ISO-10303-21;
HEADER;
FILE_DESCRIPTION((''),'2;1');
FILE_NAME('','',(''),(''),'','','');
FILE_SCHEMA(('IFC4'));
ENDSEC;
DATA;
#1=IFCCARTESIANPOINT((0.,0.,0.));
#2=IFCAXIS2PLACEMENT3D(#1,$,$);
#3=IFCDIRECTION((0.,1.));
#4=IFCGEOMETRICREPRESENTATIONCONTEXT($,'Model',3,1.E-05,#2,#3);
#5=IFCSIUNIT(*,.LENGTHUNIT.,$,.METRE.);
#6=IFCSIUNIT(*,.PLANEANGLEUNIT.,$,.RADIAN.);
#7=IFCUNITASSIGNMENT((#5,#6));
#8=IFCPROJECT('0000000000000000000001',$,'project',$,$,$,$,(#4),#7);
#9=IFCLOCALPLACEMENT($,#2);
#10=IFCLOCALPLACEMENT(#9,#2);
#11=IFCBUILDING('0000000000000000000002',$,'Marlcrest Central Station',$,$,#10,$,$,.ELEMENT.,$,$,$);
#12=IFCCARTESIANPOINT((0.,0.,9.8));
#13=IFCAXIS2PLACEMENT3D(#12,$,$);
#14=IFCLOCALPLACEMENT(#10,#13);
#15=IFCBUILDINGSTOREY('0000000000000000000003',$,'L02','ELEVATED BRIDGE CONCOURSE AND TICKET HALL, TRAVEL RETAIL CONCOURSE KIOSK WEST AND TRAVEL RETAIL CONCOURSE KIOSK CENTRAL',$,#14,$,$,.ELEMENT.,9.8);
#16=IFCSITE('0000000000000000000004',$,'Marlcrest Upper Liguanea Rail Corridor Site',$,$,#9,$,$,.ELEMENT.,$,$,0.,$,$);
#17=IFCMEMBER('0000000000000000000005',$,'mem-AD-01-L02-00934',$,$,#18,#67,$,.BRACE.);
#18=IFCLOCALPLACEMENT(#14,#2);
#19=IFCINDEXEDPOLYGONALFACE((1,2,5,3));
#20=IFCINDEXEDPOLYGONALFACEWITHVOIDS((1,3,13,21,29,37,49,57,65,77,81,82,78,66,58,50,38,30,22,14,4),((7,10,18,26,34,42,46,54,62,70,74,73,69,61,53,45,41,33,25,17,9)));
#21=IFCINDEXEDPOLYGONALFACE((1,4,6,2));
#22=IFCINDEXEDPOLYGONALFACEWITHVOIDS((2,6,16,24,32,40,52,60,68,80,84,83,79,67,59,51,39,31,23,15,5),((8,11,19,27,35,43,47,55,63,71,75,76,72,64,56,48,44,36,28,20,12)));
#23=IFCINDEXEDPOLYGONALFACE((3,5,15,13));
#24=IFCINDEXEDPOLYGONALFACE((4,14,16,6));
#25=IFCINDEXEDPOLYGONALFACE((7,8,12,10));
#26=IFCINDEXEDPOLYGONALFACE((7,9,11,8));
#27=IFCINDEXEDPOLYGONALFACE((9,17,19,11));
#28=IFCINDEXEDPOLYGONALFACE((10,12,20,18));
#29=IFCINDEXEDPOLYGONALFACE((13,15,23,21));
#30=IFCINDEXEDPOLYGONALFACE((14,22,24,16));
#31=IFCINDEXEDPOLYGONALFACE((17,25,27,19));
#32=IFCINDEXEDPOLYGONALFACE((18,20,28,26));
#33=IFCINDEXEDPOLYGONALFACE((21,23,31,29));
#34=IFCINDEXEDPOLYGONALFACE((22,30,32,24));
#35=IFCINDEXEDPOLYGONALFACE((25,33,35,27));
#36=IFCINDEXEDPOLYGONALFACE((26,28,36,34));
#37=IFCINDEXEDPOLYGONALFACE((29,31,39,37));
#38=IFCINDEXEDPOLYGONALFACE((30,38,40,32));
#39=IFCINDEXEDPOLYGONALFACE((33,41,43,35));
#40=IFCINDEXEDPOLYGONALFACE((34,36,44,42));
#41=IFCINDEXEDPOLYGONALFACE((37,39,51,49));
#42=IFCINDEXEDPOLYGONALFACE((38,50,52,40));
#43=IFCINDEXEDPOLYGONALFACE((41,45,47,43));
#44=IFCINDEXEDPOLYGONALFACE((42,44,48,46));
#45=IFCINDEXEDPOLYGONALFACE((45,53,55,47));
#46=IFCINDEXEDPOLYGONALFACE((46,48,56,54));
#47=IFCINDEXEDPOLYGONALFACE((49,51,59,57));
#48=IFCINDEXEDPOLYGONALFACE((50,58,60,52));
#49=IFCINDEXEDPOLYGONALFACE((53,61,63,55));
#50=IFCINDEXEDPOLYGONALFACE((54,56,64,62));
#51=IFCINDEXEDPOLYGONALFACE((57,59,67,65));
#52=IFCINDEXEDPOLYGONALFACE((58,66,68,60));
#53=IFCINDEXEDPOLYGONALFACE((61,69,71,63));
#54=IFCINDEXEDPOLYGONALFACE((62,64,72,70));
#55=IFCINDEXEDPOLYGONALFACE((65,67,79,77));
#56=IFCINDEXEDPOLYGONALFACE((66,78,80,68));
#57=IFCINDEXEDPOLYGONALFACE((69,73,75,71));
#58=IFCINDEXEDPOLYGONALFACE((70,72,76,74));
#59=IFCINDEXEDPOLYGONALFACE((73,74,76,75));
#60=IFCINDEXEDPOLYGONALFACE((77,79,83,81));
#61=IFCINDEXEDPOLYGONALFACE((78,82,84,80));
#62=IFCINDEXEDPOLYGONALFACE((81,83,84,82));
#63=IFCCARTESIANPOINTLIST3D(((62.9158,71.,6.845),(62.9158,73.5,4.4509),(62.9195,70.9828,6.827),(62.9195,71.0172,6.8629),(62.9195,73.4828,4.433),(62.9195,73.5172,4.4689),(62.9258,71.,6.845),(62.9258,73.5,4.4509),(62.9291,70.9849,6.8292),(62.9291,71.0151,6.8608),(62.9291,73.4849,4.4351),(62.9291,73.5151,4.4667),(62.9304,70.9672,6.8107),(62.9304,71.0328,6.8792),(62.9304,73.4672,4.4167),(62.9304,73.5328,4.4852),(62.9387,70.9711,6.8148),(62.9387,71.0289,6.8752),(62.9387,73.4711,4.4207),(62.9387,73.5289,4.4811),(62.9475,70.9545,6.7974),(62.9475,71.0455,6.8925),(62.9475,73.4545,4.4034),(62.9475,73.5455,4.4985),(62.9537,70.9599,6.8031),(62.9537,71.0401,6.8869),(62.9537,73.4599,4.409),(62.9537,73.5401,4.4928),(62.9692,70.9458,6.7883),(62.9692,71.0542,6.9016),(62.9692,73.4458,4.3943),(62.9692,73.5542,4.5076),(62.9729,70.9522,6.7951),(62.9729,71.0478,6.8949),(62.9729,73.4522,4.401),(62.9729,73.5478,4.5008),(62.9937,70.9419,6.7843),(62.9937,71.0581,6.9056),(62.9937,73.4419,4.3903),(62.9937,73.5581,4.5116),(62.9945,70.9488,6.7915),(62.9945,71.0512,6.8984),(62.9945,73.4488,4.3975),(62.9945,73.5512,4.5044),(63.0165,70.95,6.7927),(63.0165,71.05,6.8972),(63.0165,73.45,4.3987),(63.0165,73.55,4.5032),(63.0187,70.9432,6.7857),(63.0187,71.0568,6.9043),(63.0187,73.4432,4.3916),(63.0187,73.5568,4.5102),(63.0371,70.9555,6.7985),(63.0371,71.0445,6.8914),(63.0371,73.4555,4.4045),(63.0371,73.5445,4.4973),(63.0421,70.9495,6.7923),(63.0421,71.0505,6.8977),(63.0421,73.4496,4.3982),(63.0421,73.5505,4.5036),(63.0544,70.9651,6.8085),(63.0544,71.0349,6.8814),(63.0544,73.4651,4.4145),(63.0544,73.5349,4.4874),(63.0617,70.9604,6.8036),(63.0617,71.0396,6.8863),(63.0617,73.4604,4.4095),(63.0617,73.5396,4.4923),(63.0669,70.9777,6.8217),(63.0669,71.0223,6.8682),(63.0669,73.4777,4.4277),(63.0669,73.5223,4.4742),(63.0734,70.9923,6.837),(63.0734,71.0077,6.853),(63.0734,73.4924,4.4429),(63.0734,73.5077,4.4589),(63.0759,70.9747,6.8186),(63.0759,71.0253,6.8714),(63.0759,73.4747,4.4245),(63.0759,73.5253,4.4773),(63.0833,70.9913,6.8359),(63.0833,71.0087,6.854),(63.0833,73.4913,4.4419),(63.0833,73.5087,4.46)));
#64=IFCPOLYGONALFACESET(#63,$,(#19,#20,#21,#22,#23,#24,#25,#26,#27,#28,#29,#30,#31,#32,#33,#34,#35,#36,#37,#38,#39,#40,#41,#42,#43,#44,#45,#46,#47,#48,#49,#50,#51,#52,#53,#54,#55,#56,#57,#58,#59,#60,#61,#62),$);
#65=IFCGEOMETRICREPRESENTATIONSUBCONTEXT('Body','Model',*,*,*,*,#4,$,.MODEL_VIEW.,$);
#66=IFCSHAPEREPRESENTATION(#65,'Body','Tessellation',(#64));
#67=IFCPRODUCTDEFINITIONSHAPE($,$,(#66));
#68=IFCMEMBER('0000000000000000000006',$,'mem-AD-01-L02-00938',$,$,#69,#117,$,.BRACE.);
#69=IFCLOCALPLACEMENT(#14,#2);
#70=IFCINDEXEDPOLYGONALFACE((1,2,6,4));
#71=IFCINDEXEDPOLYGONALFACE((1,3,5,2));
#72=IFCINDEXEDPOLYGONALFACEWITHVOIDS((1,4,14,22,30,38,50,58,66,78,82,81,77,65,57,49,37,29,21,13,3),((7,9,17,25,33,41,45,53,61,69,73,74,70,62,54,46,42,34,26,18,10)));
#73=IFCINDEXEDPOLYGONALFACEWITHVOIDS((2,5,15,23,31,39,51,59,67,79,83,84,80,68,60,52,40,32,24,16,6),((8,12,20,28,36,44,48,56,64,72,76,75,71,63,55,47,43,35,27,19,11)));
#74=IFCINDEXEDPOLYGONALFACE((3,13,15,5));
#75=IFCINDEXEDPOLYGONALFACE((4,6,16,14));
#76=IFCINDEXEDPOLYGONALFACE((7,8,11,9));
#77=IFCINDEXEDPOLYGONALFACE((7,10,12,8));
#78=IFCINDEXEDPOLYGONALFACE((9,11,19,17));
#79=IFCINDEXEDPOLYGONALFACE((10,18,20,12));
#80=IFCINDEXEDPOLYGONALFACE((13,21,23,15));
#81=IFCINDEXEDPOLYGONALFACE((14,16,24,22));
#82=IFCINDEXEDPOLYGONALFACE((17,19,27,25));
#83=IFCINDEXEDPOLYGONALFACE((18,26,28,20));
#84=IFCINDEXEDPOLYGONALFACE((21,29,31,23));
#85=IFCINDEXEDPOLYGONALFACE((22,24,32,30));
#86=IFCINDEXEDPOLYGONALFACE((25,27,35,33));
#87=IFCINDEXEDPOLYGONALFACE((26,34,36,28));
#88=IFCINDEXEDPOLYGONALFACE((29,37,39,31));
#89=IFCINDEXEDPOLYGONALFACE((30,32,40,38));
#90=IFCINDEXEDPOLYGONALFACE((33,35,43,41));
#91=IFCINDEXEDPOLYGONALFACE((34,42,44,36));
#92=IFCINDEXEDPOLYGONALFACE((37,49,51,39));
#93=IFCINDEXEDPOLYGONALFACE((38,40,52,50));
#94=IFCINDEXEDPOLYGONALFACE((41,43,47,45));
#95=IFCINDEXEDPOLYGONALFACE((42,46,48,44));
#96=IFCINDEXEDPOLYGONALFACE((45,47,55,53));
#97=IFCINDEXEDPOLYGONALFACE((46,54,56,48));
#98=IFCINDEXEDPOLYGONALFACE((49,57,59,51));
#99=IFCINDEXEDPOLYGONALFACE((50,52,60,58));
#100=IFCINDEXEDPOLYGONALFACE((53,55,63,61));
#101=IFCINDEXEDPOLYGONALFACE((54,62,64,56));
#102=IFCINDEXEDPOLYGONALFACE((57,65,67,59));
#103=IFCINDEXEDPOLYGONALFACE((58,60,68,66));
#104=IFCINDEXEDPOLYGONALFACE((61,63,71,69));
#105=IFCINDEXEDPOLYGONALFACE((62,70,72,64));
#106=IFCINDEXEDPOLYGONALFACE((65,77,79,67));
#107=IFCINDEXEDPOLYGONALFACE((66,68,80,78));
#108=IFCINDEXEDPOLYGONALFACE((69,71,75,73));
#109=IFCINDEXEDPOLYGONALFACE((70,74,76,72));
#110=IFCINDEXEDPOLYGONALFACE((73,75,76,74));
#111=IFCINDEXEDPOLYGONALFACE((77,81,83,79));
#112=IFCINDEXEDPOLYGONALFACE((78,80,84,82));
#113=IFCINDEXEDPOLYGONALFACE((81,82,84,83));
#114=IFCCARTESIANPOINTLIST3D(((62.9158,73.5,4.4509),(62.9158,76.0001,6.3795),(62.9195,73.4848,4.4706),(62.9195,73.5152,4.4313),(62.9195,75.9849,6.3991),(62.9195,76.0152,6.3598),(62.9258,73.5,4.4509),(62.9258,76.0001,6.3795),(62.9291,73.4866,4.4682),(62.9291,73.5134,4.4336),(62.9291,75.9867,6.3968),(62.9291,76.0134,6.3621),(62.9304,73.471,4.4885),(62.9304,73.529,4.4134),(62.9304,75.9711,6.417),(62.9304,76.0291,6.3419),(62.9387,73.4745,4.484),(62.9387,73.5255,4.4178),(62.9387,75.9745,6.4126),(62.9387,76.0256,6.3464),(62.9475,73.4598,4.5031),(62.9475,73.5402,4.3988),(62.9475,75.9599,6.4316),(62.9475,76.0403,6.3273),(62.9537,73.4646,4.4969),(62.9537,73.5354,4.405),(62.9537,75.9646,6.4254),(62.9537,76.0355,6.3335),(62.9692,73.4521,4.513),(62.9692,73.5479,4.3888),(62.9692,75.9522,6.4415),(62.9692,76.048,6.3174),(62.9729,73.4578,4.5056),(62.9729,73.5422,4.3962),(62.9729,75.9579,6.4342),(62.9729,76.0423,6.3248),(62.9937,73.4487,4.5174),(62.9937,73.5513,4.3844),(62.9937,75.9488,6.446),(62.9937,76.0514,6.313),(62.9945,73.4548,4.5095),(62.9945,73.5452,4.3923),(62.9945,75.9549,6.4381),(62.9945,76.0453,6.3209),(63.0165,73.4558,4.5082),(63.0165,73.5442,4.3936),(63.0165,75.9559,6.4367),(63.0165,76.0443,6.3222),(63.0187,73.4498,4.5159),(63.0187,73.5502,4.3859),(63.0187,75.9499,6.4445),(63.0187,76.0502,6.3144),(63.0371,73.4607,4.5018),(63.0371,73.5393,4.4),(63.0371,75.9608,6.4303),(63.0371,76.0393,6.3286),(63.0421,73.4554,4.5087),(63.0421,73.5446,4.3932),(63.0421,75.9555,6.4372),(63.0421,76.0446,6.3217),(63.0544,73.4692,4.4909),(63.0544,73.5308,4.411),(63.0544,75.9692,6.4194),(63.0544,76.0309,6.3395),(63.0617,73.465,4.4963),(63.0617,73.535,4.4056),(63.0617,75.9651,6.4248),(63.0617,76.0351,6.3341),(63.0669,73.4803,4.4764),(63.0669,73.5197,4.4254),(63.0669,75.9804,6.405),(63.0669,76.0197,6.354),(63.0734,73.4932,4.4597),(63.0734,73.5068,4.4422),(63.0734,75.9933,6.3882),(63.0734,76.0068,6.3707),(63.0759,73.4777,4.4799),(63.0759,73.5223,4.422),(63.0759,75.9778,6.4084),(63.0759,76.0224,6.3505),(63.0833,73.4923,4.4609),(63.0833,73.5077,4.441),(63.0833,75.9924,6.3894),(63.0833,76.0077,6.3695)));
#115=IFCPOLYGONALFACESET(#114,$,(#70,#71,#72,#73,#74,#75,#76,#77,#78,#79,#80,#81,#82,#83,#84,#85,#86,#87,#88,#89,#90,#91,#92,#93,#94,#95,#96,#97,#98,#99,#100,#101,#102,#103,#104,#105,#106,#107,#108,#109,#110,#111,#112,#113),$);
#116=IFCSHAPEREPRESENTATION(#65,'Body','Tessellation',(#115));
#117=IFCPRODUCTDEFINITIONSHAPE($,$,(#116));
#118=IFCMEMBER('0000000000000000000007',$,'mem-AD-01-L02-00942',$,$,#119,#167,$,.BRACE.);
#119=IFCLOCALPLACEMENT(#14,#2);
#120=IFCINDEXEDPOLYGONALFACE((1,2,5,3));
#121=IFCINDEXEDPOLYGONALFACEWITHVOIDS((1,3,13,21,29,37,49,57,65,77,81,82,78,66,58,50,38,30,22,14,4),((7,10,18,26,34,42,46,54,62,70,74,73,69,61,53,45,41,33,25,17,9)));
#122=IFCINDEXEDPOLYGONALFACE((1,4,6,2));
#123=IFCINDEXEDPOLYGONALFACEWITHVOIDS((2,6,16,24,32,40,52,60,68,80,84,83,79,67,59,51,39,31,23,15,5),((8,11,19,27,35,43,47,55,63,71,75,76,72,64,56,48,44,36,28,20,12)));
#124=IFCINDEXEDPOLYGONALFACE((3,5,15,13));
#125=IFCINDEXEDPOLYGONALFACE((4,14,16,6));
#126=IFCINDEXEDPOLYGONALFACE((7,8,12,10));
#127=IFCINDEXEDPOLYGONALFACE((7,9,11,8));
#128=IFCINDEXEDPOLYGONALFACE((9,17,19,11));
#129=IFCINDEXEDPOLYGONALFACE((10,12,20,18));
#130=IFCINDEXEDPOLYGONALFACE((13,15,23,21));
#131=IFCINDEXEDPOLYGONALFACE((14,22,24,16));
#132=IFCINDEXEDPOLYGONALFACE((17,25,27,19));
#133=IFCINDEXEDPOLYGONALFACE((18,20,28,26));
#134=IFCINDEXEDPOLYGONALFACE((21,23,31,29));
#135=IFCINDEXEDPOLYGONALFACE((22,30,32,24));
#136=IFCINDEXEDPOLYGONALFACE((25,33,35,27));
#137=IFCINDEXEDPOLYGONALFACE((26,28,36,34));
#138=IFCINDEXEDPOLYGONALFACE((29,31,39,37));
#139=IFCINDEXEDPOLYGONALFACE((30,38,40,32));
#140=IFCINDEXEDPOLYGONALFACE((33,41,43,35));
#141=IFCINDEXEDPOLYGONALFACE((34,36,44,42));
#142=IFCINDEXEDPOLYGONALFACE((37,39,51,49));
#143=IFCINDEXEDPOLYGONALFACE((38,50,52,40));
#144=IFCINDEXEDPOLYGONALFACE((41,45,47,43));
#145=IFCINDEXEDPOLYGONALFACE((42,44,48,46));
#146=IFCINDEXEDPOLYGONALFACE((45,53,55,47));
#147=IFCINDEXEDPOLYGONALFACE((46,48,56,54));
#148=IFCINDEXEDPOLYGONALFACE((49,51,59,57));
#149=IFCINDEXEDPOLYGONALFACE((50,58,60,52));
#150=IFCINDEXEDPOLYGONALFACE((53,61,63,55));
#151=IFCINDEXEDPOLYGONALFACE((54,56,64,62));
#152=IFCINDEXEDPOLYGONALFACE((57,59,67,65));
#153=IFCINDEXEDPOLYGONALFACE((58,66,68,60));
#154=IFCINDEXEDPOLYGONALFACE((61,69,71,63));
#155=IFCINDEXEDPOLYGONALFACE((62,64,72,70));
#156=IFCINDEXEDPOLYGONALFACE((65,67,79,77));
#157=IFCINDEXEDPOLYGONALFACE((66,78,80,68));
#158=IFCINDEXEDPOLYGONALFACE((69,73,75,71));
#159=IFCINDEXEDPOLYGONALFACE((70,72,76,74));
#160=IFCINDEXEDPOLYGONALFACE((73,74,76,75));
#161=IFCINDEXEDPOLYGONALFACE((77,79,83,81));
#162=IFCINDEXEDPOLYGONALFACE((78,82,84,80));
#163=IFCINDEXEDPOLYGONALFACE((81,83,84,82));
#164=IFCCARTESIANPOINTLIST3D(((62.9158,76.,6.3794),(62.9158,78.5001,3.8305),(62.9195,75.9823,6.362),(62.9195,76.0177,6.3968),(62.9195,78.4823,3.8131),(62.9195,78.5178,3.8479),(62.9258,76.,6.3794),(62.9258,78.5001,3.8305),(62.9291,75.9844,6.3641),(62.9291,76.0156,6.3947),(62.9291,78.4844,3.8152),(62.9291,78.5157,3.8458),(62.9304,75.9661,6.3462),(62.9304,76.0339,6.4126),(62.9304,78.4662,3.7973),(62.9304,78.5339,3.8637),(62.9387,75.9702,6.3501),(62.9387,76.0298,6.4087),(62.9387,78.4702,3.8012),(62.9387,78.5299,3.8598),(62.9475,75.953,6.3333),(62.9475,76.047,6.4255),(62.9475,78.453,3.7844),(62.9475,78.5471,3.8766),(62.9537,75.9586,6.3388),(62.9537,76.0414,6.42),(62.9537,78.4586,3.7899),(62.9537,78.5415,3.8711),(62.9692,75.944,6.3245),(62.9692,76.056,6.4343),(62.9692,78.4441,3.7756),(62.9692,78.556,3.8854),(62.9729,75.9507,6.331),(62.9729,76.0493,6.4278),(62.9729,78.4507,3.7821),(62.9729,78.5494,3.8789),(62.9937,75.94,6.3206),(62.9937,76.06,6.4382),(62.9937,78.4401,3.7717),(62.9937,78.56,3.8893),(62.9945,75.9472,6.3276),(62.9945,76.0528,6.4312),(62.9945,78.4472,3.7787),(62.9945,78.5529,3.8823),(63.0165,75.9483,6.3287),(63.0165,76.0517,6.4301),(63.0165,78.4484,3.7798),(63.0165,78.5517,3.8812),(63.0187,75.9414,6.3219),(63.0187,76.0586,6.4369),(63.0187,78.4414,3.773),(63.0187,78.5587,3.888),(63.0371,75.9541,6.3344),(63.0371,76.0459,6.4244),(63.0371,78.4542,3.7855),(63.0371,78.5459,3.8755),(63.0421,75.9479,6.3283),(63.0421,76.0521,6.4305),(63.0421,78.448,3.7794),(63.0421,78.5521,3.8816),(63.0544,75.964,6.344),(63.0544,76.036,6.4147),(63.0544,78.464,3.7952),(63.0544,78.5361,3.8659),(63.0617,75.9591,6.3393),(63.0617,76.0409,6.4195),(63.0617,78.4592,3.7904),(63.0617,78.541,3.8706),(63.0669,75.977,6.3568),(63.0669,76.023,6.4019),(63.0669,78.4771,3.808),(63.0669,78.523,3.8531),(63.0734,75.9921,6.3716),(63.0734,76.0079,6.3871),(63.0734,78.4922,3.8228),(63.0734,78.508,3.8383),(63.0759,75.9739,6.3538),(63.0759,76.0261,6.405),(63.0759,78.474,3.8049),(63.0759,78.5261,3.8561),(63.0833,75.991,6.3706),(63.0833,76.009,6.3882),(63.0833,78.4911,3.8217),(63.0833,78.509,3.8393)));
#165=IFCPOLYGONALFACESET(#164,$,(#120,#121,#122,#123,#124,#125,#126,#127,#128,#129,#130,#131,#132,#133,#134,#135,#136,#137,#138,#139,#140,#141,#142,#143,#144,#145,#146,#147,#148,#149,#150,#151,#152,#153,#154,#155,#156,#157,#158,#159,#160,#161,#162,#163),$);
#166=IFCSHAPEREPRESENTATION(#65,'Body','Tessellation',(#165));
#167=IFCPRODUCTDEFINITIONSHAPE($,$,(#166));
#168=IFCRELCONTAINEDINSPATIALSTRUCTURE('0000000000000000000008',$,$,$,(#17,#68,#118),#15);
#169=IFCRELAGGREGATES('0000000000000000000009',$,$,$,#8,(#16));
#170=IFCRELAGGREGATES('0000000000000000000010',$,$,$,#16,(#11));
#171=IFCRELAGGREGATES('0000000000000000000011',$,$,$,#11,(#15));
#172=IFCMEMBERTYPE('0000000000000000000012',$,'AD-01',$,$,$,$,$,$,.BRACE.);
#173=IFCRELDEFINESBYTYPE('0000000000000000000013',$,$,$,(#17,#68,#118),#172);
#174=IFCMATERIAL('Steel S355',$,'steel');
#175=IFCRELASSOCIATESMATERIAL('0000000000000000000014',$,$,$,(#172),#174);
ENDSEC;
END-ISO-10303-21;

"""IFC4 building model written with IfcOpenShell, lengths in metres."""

from ifc_helpers import new_model, si_unit, direction, frame, origin, origin_2d, place, context, subcontext, project, spatial, hollow_circle, extrude, material, material_profile, profile_set, type_object, element, save


model = new_model("IFC4")

# Units and contexts
model_context = context("Model", 3, precision=1e-05, world=origin(), true_north=direction((0.0, 1.0)))
body_context = subcontext(model_context, "Body", "Model", "MODEL_VIEW")
ifc_project = project(units=[si_unit("LENGTHUNIT", "METRE"), si_unit("PLANEANGLEUNIT", "RADIAN")], contexts=[model_context])

# Site, building, storey
site_placement = place(None, origin())
site = spatial("IfcSite", under=ifc_project, at=site_placement, Name="Marlcrest Upper Liguanea Rail Corridor Site", CompositionType="ELEMENT", RefElevation=0.0)
building_placement = place(site_placement, origin())
building = spatial("IfcBuilding", under=site, at=building_placement, Name="Marlcrest Central Station", CompositionType="ELEMENT")
storey_placement = place(building_placement, frame((0.0, 0.0, 9.8)))
storey = spatial("IfcBuildingStorey", under=building, at=storey_placement, Name="L02", Description="ELEVATED BRIDGE CONCOURSE AND TICKET HALL, TRAVEL RETAIL CONCOURSE KIOSK WEST AND TRAVEL RETAIL CONCOURSE KIOSK CENTRAL", CompositionType="ELEMENT", Elevation=9.8)

# Members
ifc_material = material(Name="Steel S355", Category="steel")
ifc_material_profile_1 = material_profile(ifc_material, hollow_circle(Radius=0.0842, WallThickness=0.01, at=origin_2d()), Name="CHS 168.3x10")
ifc_profile_set_1 = profile_set([ifc_material_profile_1], Name="Steel S355")
member_type_1 = type_object("IfcMemberType", Name="AD-01", PredefinedType="BRACE", material=ifc_profile_set_1)
member_1_placement = place(storey_placement, frame((63.0, 71.0, 6.845), z_axis=(0.0, 0.722247, -0.691636), x_axis=(-1.0, 0.0, 0.0)))
element("IfcMember", 1, at=member_1_placement, inside=storey, type_object=member_type_1, Name="mem-AD-01-L02-00934", PredefinedType="BRACE", context=body_context, shape_type="SweptSolid", body=[
    extrude(hollow_circle(Radius=0.0842, WallThickness=0.01, at=origin_2d()), origin(), (0.0, 0.0, 1.0), 3.4614),
])
member_2_placement = place(storey_placement, frame((63.0, 73.5, 4.4509), z_axis=(0.0, 0.791798, 0.610783), x_axis=(-1.0, 0.0, 0.0)))
element("IfcMember", 2, at=member_2_placement, inside=storey, type_object=member_type_1, Name="mem-AD-01-L02-00938", PredefinedType="BRACE", context=body_context, shape_type="SweptSolid", body=[
    extrude(hollow_circle(Radius=0.0842, WallThickness=0.01, at=origin_2d()), origin(), (0.0, 0.0, 1.0), 3.1575),
])
member_3_placement = place(storey_placement, frame((63.0, 76.0, 6.3794), z_axis=(0.0, 0.700235, -0.713912), x_axis=(-1.0, 0.0, 0.0)))
element("IfcMember", 3, at=member_3_placement, inside=storey, type_object=member_type_1, Name="mem-AD-01-L02-00942", PredefinedType="BRACE", context=body_context, shape_type="SweptSolid", body=[
    extrude(hollow_circle(Radius=0.0842, WallThickness=0.01, at=origin_2d()), origin(), (0.0, 0.0, 1.0), 3.5703),
])

save(model, "model.ifc")
